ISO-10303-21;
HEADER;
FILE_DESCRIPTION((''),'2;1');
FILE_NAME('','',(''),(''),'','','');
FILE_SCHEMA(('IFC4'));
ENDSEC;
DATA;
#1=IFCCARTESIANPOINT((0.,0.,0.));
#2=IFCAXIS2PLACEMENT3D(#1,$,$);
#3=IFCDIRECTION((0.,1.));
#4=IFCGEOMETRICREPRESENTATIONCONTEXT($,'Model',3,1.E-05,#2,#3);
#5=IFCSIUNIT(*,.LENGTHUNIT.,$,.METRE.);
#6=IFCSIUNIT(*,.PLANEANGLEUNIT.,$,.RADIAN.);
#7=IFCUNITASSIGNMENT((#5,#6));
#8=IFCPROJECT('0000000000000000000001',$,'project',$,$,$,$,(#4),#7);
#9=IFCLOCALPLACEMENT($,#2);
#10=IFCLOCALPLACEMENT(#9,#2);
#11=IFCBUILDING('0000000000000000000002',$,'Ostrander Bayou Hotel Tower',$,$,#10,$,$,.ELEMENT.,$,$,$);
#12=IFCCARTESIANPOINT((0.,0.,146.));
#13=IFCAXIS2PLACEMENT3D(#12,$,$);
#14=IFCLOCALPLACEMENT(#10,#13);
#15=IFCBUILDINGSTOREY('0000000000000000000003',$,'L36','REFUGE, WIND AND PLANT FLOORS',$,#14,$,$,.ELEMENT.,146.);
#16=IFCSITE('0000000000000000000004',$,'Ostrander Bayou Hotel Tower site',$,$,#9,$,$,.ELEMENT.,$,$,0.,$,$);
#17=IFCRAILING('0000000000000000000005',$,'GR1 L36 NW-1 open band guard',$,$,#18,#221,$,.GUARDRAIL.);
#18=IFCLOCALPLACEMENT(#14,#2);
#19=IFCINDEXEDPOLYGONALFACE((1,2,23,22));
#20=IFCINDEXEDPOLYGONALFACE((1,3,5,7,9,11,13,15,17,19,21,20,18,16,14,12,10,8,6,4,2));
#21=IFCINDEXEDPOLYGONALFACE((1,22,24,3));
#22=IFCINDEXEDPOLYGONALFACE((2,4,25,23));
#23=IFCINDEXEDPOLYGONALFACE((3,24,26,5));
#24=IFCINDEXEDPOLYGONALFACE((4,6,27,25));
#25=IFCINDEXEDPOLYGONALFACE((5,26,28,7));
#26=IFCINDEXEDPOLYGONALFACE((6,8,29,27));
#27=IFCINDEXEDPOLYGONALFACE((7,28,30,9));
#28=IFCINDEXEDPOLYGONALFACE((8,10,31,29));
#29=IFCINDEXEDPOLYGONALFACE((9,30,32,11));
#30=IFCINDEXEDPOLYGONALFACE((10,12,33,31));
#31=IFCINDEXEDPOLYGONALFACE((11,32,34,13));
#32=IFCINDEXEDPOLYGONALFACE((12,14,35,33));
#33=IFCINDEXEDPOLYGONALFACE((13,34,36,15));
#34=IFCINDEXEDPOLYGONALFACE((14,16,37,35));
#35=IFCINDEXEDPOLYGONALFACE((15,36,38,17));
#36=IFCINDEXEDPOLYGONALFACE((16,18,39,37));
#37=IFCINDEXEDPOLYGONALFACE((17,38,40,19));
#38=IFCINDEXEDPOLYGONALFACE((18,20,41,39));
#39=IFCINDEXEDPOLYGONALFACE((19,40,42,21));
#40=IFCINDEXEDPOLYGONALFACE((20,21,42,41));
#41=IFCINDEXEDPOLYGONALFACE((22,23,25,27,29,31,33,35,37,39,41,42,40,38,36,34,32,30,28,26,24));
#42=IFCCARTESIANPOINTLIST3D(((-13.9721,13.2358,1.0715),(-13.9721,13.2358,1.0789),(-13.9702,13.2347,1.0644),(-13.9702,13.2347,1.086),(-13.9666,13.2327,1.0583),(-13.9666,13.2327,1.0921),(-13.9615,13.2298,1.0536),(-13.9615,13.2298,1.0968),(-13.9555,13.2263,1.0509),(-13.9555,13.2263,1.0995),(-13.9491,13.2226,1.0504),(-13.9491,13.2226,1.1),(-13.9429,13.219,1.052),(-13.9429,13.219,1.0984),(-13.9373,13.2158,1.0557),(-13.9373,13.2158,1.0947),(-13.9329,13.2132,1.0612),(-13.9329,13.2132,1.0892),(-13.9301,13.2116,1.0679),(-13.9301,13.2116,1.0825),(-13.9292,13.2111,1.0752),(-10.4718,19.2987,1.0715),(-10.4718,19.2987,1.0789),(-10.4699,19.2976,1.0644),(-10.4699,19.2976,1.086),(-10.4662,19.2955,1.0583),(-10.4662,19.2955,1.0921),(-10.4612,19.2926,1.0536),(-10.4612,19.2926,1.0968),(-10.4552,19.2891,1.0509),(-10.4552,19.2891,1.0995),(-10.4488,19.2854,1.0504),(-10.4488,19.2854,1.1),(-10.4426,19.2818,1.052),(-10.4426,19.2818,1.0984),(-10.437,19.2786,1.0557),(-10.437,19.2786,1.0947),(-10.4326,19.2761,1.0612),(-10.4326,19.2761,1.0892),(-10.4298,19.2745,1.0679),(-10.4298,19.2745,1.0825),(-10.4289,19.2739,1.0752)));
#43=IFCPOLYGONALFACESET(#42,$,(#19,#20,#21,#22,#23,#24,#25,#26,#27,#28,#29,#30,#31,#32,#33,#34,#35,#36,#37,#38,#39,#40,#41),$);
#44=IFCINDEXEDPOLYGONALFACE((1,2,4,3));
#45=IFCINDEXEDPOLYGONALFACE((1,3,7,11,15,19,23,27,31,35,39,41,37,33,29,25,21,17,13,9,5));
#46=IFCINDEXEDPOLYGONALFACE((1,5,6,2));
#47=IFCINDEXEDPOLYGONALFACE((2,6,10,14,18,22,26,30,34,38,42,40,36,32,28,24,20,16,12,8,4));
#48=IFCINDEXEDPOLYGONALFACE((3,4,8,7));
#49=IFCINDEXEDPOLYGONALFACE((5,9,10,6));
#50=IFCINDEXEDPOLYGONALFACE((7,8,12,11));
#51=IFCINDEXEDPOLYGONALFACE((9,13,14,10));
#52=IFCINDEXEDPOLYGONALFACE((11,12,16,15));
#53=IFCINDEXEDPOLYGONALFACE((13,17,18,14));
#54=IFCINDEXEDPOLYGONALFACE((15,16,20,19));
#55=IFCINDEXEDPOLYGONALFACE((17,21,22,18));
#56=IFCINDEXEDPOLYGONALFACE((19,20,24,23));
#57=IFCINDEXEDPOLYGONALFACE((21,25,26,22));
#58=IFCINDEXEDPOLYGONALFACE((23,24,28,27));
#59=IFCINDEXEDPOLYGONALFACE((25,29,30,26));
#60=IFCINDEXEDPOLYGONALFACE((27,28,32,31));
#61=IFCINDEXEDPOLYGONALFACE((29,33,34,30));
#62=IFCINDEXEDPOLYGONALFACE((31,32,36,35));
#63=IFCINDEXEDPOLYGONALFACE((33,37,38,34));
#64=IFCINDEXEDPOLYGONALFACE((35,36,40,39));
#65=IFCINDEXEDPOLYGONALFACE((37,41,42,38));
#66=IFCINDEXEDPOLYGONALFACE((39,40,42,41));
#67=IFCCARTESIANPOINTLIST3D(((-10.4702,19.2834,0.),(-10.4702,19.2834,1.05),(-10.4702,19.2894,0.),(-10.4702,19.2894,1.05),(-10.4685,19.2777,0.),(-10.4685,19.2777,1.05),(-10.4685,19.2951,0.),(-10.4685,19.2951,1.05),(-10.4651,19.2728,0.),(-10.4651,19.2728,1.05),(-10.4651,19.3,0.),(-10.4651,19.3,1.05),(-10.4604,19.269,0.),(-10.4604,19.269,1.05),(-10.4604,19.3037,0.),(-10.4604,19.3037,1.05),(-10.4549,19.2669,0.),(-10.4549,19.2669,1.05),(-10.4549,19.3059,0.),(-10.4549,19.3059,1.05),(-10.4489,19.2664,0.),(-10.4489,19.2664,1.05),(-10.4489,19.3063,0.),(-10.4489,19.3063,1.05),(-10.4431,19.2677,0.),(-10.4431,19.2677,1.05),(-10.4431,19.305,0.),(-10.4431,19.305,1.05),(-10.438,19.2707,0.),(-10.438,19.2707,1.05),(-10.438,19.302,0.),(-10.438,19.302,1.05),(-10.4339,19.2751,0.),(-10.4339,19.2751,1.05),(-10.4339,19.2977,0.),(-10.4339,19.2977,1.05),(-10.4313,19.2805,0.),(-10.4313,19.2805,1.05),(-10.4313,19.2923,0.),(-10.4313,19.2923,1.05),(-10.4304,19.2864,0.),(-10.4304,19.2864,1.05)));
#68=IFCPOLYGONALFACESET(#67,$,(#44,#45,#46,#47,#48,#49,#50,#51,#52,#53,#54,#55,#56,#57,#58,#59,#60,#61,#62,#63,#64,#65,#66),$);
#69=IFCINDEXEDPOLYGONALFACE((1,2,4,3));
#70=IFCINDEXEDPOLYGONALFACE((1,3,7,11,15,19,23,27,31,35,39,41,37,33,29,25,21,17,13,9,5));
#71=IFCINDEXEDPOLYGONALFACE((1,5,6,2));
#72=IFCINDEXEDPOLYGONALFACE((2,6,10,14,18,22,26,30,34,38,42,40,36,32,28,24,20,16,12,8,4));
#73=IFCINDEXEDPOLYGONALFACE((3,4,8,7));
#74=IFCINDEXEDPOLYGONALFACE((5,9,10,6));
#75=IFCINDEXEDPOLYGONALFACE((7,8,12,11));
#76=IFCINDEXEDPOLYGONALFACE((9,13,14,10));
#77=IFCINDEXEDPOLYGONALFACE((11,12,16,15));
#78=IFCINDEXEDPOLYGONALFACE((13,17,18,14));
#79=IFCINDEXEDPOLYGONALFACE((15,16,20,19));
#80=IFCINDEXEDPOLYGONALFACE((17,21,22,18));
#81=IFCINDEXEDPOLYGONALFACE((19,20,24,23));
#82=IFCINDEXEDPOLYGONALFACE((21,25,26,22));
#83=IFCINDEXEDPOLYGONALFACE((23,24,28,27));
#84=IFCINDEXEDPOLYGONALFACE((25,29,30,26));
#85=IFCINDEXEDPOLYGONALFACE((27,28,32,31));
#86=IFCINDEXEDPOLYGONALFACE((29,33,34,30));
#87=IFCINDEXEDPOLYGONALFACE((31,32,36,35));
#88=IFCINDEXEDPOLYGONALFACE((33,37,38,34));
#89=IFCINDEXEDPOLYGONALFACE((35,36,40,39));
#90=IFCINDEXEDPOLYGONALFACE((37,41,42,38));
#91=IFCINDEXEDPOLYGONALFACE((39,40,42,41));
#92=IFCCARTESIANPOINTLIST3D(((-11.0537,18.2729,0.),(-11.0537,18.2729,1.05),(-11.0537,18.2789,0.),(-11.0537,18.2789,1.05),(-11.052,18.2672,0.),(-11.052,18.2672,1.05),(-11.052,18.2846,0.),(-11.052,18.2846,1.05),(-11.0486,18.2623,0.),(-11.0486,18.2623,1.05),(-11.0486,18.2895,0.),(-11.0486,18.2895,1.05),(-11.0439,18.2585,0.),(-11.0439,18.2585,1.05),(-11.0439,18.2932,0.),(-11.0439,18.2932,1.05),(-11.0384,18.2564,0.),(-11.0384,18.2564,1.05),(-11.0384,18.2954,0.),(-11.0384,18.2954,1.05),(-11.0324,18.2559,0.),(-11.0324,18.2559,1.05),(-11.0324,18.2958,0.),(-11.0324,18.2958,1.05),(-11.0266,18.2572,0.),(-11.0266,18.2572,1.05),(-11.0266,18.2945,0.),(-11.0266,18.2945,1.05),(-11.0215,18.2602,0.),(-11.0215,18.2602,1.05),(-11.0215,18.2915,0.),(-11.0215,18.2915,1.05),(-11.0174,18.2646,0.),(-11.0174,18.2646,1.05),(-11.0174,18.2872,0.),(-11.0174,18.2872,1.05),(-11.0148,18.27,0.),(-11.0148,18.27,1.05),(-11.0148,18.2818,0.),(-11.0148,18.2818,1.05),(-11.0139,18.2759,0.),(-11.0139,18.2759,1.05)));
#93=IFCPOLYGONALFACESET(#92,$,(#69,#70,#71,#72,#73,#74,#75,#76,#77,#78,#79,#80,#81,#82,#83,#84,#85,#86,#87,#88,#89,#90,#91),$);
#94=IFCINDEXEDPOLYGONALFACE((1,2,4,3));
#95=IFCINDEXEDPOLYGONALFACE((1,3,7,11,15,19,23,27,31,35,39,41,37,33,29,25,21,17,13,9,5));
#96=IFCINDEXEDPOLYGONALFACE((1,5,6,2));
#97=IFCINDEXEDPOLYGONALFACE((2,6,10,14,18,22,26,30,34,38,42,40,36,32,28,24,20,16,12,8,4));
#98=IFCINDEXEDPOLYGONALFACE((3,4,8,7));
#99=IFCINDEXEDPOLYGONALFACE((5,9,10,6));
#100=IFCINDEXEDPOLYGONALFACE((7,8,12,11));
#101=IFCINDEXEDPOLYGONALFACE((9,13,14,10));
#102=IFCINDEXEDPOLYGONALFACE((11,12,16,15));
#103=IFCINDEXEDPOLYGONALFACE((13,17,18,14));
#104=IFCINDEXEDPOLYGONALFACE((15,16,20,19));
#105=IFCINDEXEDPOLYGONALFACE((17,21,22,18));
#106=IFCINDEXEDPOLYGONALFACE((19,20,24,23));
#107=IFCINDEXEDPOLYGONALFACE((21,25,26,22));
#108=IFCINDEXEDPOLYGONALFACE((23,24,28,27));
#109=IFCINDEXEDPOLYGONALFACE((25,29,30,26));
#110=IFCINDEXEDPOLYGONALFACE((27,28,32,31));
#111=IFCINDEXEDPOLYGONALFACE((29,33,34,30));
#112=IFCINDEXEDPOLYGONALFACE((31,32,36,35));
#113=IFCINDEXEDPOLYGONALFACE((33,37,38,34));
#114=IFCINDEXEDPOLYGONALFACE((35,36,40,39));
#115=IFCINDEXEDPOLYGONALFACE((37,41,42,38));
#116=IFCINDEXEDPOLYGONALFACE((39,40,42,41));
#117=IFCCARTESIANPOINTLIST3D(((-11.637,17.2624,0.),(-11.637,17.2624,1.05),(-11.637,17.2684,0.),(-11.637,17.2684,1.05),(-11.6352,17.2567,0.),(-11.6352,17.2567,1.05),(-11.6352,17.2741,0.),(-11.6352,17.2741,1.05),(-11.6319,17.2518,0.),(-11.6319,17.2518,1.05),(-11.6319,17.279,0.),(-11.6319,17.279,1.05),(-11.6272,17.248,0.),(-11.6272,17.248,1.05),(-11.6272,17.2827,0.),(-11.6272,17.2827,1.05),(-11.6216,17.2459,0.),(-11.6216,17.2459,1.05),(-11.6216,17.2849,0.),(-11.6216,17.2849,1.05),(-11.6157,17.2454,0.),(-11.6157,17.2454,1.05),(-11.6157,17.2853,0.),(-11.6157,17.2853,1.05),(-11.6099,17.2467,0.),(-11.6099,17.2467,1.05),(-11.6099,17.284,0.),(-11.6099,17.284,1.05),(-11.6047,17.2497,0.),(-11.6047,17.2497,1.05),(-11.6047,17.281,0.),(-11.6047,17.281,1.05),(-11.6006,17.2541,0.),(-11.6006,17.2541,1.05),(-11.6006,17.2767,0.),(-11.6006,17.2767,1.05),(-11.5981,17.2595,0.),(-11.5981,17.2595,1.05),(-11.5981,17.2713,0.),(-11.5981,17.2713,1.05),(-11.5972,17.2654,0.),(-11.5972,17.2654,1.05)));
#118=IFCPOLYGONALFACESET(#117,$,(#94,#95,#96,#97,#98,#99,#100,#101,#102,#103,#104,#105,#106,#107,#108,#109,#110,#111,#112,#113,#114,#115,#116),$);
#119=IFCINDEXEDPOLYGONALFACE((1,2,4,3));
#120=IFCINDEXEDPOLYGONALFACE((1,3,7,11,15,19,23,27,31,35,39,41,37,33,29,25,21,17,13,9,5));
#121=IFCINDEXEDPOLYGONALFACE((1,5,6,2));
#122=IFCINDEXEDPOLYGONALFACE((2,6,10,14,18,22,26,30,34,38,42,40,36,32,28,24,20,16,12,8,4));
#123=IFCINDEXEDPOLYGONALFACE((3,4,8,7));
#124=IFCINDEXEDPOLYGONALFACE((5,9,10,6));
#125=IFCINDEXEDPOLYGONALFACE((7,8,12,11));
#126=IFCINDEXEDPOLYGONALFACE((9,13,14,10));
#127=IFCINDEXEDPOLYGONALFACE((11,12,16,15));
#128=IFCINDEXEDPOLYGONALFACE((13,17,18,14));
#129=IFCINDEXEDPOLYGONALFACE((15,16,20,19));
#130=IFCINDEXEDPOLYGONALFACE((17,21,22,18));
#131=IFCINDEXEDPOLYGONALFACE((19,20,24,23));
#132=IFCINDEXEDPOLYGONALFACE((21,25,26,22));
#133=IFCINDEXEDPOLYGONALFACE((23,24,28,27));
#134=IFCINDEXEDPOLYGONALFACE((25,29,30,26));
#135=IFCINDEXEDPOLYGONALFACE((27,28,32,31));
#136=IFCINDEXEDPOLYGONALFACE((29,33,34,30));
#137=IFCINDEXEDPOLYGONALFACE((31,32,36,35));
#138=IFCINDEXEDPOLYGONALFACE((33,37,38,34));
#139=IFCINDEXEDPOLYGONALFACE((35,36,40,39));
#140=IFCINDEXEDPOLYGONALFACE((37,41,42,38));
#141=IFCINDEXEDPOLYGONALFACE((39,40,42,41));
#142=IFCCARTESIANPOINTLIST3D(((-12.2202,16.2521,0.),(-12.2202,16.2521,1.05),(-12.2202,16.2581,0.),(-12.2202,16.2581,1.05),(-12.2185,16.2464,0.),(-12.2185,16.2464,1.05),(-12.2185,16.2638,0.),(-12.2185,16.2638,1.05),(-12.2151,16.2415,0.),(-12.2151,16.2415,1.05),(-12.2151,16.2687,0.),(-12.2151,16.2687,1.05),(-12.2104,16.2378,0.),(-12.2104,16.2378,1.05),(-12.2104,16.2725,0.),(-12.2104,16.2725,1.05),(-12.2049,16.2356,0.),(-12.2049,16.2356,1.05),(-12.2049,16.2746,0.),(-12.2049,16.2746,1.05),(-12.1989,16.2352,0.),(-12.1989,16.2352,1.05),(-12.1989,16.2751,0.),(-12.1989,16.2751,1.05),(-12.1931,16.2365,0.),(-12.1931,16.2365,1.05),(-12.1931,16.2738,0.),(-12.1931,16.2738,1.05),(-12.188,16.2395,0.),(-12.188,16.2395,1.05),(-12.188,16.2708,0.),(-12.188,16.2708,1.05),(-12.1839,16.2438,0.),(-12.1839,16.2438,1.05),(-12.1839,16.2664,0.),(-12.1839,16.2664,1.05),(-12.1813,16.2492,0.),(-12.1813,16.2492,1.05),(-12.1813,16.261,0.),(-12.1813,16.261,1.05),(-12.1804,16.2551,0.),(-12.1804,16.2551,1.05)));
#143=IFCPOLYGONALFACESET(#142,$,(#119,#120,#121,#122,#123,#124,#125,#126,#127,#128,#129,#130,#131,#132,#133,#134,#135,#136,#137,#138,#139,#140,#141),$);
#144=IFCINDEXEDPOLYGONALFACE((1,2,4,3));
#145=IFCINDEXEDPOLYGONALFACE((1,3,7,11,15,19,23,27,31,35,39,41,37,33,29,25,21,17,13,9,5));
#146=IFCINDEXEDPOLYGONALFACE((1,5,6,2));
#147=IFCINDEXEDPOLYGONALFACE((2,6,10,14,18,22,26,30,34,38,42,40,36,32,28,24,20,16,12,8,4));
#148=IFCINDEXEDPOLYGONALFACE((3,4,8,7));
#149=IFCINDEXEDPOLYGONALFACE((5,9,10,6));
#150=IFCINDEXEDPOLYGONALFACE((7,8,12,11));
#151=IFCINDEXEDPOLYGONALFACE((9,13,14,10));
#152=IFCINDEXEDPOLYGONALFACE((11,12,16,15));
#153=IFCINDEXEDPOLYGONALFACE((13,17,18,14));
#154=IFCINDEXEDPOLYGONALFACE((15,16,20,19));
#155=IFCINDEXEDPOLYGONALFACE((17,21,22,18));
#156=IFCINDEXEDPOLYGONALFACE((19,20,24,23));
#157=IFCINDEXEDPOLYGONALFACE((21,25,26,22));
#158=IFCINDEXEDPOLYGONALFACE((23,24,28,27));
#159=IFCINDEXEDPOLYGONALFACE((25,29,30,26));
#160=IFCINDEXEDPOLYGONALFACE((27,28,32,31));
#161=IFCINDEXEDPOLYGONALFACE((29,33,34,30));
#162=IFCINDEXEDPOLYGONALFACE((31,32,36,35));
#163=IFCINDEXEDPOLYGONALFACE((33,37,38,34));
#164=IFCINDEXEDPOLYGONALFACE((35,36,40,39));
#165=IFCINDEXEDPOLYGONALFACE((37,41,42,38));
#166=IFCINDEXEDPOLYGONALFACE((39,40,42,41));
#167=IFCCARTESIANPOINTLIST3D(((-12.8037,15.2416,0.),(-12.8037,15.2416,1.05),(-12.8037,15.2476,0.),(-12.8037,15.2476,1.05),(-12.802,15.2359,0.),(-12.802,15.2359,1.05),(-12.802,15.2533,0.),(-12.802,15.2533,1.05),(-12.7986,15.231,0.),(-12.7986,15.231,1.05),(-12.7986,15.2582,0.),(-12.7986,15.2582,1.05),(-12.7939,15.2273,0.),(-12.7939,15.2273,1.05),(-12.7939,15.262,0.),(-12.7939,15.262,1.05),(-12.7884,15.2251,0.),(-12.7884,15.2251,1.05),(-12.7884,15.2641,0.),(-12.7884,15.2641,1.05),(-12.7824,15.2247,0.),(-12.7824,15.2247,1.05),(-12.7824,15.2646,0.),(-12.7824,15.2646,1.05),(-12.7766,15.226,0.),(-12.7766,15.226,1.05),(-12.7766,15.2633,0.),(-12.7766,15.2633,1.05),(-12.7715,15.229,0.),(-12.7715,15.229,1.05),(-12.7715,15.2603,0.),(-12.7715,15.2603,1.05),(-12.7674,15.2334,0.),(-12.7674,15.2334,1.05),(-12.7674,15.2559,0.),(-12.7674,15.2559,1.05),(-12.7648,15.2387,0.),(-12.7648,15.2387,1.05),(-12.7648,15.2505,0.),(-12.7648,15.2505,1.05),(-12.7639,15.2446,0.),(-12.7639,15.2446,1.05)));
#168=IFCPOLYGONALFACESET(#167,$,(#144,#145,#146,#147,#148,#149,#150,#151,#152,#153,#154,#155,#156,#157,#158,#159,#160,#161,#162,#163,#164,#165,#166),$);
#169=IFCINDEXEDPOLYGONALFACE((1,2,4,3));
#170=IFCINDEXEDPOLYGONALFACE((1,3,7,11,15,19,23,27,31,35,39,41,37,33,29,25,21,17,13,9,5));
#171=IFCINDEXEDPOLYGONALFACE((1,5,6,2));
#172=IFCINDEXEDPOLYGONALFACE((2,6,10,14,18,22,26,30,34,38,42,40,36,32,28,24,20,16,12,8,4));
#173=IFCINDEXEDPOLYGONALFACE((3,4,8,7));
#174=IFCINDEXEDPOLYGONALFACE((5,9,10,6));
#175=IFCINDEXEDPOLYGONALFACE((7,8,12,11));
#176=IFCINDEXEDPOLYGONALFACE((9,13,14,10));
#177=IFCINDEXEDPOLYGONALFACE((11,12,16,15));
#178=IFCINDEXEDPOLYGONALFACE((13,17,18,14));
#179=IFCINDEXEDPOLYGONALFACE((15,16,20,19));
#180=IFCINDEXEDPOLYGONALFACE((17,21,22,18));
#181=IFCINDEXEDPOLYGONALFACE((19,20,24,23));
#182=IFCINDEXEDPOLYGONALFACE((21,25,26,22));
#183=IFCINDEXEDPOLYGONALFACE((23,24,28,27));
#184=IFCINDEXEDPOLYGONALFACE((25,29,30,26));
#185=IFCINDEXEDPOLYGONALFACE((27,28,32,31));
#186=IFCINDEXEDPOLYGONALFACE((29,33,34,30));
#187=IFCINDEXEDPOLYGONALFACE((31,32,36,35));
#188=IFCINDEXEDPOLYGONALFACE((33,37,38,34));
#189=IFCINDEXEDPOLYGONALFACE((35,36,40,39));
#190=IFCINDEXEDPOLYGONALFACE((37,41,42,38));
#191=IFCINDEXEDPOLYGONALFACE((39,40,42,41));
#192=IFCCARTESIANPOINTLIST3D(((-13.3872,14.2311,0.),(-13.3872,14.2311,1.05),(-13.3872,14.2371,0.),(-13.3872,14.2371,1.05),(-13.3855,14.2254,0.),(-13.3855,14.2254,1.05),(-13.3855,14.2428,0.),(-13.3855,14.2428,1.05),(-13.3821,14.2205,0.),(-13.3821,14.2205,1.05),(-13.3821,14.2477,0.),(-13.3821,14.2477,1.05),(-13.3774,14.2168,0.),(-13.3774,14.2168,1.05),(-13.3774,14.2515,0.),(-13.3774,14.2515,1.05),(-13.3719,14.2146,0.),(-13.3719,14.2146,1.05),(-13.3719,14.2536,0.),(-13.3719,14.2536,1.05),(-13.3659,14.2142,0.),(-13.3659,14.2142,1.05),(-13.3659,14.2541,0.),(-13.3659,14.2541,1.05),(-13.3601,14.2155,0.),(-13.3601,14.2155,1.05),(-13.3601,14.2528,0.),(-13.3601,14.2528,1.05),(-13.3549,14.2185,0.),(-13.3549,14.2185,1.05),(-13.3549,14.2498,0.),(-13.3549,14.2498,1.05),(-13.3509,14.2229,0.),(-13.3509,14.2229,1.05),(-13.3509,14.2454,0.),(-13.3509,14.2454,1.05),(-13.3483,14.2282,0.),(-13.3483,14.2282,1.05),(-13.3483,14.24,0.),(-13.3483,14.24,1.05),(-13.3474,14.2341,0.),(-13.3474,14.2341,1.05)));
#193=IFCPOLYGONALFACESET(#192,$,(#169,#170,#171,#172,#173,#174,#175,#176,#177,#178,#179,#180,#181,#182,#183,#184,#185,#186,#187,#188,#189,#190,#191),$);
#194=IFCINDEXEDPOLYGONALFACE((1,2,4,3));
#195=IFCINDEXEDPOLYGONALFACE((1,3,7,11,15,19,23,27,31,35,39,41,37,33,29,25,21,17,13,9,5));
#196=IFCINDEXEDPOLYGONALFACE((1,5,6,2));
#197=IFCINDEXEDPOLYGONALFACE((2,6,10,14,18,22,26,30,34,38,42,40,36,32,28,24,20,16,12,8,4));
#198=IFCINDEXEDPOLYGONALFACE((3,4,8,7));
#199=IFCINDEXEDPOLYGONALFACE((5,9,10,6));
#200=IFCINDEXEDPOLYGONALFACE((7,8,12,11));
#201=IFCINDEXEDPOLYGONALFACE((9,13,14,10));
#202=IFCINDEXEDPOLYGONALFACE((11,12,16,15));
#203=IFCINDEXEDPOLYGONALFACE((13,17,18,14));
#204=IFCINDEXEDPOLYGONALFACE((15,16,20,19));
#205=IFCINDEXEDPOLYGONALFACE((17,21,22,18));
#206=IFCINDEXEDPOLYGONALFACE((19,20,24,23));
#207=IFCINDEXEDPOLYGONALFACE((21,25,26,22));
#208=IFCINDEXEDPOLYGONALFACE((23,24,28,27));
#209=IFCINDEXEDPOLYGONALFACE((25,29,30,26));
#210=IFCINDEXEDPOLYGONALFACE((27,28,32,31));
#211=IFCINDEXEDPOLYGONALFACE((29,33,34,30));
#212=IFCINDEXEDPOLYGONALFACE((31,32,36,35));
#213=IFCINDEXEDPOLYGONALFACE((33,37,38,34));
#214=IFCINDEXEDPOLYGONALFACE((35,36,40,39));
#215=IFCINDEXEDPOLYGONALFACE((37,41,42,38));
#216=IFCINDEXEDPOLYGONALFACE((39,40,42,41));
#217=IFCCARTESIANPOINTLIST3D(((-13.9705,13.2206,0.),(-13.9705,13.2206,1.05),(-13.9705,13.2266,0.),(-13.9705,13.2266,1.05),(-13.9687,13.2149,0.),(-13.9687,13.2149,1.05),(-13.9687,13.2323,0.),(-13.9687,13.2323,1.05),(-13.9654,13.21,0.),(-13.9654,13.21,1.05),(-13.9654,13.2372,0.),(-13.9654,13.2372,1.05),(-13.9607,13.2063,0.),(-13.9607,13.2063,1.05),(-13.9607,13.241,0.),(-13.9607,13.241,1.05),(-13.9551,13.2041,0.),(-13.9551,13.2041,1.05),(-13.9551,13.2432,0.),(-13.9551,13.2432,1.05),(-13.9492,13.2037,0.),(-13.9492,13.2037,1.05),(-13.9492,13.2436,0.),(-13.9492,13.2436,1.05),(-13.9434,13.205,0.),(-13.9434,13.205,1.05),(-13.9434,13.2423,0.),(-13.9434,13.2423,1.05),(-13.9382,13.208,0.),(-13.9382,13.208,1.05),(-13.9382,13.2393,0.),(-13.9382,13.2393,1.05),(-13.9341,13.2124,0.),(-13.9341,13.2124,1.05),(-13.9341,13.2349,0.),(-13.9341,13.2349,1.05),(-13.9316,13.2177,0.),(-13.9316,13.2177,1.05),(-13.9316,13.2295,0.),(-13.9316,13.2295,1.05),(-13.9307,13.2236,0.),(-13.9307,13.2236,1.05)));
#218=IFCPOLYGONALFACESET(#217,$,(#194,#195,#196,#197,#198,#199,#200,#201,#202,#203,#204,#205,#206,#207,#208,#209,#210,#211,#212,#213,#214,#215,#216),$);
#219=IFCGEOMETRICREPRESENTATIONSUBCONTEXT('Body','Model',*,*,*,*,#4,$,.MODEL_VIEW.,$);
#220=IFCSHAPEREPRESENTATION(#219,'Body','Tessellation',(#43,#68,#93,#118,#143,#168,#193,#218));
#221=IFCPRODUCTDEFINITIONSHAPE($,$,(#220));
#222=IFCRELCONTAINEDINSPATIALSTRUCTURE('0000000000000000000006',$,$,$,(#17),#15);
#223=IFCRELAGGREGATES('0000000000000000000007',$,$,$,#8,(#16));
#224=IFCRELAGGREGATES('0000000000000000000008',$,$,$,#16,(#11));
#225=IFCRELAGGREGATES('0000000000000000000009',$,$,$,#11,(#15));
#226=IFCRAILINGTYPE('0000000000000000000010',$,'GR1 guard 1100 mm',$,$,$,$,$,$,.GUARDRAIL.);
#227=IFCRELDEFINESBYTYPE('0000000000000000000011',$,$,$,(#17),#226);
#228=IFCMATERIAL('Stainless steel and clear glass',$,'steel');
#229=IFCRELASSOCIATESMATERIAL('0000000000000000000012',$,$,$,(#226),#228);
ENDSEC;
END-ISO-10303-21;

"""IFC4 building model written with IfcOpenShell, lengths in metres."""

from ifc_helpers import new_model, si_unit, direction, frame, origin, origin_2d, place, context, subcontext, project, spatial, circle, extrude, material, type_object, element, save


model = new_model("IFC4")

# Units and contexts
model_context = context("Model", 3, precision=1e-05, world=origin(), true_north=direction((0.0, 1.0)))
body_context = subcontext(model_context, "Body", "Model", "MODEL_VIEW")
ifc_project = project(units=[si_unit("LENGTHUNIT", "METRE"), si_unit("PLANEANGLEUNIT", "RADIAN")], contexts=[model_context])

# Site, building, storey
site_placement = place(None, origin())
site = spatial("IfcSite", under=ifc_project, at=site_placement, Name="Ostrander Bayou Hotel Tower site", CompositionType="ELEMENT", RefElevation=0.0)
building_placement = place(site_placement, origin())
building = spatial("IfcBuilding", under=site, at=building_placement, Name="Ostrander Bayou Hotel Tower", CompositionType="ELEMENT")
storey_placement = place(building_placement, frame((0.0, 0.0, 146.0)))
storey = spatial("IfcBuildingStorey", under=building, at=storey_placement, Name="L36", Description="REFUGE, WIND AND PLANT FLOORS", CompositionType="ELEMENT", Elevation=146.0)

# Railing
ifc_material_1 = material(Name="Stainless steel and clear glass", Category="steel")
railing_type = type_object("IfcRailingType", Name="GR1 guard 1100 mm", PredefinedType="GUARDRAIL", material=ifc_material_1)
railing_1_placement = place(storey_placement, frame((-10.4504, 19.2864, 0.0)))
element("IfcRailing", 1, at=railing_1_placement, inside=storey, type_object=railing_type, Name="GR1 L36 NW-1 open band guard", PredefinedType="GUARDRAIL", context=body_context, shape_type="SweptSolid", body=[
    extrude(circle(Radius=0.0249, at=origin_2d()), frame((0.0, 0.0, 1.0752), z_axis=(-0.499991, -0.866031, 0.0), x_axis=(0.866031, -0.499991, 0.0)), (0.0, 0.0, 1.0), 7.0007),
    extrude(circle(Radius=0.02, at=origin_2d()), origin(), (0.0, 0.0, 1.0), 1.05),
    extrude(circle(Radius=0.02, at=origin_2d()), frame((-0.5835, -1.0105, 0.0)), (0.0, 0.0, 1.0), 1.05),
    extrude(circle(Radius=0.02, at=origin_2d()), frame((-1.1667, -2.021, 0.0)), (0.0, 0.0, 1.0), 1.05),
    extrude(circle(Radius=0.02, at=origin_2d()), frame((-1.75, -3.0312, 0.0)), (0.0, 0.0, 1.0), 1.05),
    extrude(circle(Radius=0.02, at=origin_2d()), frame((-2.3335, -4.0417, 0.0)), (0.0, 0.0, 1.0), 1.05),
    extrude(circle(Radius=0.02, at=origin_2d()), frame((-2.917, -5.0522, 0.0)), (0.0, 0.0, 1.0), 1.05),
    extrude(circle(Radius=0.02, at=origin_2d()), frame((-3.5002, -6.0627, 0.0)), (0.0, 0.0, 1.0), 1.05),
])

save(model, "model.ifc")
